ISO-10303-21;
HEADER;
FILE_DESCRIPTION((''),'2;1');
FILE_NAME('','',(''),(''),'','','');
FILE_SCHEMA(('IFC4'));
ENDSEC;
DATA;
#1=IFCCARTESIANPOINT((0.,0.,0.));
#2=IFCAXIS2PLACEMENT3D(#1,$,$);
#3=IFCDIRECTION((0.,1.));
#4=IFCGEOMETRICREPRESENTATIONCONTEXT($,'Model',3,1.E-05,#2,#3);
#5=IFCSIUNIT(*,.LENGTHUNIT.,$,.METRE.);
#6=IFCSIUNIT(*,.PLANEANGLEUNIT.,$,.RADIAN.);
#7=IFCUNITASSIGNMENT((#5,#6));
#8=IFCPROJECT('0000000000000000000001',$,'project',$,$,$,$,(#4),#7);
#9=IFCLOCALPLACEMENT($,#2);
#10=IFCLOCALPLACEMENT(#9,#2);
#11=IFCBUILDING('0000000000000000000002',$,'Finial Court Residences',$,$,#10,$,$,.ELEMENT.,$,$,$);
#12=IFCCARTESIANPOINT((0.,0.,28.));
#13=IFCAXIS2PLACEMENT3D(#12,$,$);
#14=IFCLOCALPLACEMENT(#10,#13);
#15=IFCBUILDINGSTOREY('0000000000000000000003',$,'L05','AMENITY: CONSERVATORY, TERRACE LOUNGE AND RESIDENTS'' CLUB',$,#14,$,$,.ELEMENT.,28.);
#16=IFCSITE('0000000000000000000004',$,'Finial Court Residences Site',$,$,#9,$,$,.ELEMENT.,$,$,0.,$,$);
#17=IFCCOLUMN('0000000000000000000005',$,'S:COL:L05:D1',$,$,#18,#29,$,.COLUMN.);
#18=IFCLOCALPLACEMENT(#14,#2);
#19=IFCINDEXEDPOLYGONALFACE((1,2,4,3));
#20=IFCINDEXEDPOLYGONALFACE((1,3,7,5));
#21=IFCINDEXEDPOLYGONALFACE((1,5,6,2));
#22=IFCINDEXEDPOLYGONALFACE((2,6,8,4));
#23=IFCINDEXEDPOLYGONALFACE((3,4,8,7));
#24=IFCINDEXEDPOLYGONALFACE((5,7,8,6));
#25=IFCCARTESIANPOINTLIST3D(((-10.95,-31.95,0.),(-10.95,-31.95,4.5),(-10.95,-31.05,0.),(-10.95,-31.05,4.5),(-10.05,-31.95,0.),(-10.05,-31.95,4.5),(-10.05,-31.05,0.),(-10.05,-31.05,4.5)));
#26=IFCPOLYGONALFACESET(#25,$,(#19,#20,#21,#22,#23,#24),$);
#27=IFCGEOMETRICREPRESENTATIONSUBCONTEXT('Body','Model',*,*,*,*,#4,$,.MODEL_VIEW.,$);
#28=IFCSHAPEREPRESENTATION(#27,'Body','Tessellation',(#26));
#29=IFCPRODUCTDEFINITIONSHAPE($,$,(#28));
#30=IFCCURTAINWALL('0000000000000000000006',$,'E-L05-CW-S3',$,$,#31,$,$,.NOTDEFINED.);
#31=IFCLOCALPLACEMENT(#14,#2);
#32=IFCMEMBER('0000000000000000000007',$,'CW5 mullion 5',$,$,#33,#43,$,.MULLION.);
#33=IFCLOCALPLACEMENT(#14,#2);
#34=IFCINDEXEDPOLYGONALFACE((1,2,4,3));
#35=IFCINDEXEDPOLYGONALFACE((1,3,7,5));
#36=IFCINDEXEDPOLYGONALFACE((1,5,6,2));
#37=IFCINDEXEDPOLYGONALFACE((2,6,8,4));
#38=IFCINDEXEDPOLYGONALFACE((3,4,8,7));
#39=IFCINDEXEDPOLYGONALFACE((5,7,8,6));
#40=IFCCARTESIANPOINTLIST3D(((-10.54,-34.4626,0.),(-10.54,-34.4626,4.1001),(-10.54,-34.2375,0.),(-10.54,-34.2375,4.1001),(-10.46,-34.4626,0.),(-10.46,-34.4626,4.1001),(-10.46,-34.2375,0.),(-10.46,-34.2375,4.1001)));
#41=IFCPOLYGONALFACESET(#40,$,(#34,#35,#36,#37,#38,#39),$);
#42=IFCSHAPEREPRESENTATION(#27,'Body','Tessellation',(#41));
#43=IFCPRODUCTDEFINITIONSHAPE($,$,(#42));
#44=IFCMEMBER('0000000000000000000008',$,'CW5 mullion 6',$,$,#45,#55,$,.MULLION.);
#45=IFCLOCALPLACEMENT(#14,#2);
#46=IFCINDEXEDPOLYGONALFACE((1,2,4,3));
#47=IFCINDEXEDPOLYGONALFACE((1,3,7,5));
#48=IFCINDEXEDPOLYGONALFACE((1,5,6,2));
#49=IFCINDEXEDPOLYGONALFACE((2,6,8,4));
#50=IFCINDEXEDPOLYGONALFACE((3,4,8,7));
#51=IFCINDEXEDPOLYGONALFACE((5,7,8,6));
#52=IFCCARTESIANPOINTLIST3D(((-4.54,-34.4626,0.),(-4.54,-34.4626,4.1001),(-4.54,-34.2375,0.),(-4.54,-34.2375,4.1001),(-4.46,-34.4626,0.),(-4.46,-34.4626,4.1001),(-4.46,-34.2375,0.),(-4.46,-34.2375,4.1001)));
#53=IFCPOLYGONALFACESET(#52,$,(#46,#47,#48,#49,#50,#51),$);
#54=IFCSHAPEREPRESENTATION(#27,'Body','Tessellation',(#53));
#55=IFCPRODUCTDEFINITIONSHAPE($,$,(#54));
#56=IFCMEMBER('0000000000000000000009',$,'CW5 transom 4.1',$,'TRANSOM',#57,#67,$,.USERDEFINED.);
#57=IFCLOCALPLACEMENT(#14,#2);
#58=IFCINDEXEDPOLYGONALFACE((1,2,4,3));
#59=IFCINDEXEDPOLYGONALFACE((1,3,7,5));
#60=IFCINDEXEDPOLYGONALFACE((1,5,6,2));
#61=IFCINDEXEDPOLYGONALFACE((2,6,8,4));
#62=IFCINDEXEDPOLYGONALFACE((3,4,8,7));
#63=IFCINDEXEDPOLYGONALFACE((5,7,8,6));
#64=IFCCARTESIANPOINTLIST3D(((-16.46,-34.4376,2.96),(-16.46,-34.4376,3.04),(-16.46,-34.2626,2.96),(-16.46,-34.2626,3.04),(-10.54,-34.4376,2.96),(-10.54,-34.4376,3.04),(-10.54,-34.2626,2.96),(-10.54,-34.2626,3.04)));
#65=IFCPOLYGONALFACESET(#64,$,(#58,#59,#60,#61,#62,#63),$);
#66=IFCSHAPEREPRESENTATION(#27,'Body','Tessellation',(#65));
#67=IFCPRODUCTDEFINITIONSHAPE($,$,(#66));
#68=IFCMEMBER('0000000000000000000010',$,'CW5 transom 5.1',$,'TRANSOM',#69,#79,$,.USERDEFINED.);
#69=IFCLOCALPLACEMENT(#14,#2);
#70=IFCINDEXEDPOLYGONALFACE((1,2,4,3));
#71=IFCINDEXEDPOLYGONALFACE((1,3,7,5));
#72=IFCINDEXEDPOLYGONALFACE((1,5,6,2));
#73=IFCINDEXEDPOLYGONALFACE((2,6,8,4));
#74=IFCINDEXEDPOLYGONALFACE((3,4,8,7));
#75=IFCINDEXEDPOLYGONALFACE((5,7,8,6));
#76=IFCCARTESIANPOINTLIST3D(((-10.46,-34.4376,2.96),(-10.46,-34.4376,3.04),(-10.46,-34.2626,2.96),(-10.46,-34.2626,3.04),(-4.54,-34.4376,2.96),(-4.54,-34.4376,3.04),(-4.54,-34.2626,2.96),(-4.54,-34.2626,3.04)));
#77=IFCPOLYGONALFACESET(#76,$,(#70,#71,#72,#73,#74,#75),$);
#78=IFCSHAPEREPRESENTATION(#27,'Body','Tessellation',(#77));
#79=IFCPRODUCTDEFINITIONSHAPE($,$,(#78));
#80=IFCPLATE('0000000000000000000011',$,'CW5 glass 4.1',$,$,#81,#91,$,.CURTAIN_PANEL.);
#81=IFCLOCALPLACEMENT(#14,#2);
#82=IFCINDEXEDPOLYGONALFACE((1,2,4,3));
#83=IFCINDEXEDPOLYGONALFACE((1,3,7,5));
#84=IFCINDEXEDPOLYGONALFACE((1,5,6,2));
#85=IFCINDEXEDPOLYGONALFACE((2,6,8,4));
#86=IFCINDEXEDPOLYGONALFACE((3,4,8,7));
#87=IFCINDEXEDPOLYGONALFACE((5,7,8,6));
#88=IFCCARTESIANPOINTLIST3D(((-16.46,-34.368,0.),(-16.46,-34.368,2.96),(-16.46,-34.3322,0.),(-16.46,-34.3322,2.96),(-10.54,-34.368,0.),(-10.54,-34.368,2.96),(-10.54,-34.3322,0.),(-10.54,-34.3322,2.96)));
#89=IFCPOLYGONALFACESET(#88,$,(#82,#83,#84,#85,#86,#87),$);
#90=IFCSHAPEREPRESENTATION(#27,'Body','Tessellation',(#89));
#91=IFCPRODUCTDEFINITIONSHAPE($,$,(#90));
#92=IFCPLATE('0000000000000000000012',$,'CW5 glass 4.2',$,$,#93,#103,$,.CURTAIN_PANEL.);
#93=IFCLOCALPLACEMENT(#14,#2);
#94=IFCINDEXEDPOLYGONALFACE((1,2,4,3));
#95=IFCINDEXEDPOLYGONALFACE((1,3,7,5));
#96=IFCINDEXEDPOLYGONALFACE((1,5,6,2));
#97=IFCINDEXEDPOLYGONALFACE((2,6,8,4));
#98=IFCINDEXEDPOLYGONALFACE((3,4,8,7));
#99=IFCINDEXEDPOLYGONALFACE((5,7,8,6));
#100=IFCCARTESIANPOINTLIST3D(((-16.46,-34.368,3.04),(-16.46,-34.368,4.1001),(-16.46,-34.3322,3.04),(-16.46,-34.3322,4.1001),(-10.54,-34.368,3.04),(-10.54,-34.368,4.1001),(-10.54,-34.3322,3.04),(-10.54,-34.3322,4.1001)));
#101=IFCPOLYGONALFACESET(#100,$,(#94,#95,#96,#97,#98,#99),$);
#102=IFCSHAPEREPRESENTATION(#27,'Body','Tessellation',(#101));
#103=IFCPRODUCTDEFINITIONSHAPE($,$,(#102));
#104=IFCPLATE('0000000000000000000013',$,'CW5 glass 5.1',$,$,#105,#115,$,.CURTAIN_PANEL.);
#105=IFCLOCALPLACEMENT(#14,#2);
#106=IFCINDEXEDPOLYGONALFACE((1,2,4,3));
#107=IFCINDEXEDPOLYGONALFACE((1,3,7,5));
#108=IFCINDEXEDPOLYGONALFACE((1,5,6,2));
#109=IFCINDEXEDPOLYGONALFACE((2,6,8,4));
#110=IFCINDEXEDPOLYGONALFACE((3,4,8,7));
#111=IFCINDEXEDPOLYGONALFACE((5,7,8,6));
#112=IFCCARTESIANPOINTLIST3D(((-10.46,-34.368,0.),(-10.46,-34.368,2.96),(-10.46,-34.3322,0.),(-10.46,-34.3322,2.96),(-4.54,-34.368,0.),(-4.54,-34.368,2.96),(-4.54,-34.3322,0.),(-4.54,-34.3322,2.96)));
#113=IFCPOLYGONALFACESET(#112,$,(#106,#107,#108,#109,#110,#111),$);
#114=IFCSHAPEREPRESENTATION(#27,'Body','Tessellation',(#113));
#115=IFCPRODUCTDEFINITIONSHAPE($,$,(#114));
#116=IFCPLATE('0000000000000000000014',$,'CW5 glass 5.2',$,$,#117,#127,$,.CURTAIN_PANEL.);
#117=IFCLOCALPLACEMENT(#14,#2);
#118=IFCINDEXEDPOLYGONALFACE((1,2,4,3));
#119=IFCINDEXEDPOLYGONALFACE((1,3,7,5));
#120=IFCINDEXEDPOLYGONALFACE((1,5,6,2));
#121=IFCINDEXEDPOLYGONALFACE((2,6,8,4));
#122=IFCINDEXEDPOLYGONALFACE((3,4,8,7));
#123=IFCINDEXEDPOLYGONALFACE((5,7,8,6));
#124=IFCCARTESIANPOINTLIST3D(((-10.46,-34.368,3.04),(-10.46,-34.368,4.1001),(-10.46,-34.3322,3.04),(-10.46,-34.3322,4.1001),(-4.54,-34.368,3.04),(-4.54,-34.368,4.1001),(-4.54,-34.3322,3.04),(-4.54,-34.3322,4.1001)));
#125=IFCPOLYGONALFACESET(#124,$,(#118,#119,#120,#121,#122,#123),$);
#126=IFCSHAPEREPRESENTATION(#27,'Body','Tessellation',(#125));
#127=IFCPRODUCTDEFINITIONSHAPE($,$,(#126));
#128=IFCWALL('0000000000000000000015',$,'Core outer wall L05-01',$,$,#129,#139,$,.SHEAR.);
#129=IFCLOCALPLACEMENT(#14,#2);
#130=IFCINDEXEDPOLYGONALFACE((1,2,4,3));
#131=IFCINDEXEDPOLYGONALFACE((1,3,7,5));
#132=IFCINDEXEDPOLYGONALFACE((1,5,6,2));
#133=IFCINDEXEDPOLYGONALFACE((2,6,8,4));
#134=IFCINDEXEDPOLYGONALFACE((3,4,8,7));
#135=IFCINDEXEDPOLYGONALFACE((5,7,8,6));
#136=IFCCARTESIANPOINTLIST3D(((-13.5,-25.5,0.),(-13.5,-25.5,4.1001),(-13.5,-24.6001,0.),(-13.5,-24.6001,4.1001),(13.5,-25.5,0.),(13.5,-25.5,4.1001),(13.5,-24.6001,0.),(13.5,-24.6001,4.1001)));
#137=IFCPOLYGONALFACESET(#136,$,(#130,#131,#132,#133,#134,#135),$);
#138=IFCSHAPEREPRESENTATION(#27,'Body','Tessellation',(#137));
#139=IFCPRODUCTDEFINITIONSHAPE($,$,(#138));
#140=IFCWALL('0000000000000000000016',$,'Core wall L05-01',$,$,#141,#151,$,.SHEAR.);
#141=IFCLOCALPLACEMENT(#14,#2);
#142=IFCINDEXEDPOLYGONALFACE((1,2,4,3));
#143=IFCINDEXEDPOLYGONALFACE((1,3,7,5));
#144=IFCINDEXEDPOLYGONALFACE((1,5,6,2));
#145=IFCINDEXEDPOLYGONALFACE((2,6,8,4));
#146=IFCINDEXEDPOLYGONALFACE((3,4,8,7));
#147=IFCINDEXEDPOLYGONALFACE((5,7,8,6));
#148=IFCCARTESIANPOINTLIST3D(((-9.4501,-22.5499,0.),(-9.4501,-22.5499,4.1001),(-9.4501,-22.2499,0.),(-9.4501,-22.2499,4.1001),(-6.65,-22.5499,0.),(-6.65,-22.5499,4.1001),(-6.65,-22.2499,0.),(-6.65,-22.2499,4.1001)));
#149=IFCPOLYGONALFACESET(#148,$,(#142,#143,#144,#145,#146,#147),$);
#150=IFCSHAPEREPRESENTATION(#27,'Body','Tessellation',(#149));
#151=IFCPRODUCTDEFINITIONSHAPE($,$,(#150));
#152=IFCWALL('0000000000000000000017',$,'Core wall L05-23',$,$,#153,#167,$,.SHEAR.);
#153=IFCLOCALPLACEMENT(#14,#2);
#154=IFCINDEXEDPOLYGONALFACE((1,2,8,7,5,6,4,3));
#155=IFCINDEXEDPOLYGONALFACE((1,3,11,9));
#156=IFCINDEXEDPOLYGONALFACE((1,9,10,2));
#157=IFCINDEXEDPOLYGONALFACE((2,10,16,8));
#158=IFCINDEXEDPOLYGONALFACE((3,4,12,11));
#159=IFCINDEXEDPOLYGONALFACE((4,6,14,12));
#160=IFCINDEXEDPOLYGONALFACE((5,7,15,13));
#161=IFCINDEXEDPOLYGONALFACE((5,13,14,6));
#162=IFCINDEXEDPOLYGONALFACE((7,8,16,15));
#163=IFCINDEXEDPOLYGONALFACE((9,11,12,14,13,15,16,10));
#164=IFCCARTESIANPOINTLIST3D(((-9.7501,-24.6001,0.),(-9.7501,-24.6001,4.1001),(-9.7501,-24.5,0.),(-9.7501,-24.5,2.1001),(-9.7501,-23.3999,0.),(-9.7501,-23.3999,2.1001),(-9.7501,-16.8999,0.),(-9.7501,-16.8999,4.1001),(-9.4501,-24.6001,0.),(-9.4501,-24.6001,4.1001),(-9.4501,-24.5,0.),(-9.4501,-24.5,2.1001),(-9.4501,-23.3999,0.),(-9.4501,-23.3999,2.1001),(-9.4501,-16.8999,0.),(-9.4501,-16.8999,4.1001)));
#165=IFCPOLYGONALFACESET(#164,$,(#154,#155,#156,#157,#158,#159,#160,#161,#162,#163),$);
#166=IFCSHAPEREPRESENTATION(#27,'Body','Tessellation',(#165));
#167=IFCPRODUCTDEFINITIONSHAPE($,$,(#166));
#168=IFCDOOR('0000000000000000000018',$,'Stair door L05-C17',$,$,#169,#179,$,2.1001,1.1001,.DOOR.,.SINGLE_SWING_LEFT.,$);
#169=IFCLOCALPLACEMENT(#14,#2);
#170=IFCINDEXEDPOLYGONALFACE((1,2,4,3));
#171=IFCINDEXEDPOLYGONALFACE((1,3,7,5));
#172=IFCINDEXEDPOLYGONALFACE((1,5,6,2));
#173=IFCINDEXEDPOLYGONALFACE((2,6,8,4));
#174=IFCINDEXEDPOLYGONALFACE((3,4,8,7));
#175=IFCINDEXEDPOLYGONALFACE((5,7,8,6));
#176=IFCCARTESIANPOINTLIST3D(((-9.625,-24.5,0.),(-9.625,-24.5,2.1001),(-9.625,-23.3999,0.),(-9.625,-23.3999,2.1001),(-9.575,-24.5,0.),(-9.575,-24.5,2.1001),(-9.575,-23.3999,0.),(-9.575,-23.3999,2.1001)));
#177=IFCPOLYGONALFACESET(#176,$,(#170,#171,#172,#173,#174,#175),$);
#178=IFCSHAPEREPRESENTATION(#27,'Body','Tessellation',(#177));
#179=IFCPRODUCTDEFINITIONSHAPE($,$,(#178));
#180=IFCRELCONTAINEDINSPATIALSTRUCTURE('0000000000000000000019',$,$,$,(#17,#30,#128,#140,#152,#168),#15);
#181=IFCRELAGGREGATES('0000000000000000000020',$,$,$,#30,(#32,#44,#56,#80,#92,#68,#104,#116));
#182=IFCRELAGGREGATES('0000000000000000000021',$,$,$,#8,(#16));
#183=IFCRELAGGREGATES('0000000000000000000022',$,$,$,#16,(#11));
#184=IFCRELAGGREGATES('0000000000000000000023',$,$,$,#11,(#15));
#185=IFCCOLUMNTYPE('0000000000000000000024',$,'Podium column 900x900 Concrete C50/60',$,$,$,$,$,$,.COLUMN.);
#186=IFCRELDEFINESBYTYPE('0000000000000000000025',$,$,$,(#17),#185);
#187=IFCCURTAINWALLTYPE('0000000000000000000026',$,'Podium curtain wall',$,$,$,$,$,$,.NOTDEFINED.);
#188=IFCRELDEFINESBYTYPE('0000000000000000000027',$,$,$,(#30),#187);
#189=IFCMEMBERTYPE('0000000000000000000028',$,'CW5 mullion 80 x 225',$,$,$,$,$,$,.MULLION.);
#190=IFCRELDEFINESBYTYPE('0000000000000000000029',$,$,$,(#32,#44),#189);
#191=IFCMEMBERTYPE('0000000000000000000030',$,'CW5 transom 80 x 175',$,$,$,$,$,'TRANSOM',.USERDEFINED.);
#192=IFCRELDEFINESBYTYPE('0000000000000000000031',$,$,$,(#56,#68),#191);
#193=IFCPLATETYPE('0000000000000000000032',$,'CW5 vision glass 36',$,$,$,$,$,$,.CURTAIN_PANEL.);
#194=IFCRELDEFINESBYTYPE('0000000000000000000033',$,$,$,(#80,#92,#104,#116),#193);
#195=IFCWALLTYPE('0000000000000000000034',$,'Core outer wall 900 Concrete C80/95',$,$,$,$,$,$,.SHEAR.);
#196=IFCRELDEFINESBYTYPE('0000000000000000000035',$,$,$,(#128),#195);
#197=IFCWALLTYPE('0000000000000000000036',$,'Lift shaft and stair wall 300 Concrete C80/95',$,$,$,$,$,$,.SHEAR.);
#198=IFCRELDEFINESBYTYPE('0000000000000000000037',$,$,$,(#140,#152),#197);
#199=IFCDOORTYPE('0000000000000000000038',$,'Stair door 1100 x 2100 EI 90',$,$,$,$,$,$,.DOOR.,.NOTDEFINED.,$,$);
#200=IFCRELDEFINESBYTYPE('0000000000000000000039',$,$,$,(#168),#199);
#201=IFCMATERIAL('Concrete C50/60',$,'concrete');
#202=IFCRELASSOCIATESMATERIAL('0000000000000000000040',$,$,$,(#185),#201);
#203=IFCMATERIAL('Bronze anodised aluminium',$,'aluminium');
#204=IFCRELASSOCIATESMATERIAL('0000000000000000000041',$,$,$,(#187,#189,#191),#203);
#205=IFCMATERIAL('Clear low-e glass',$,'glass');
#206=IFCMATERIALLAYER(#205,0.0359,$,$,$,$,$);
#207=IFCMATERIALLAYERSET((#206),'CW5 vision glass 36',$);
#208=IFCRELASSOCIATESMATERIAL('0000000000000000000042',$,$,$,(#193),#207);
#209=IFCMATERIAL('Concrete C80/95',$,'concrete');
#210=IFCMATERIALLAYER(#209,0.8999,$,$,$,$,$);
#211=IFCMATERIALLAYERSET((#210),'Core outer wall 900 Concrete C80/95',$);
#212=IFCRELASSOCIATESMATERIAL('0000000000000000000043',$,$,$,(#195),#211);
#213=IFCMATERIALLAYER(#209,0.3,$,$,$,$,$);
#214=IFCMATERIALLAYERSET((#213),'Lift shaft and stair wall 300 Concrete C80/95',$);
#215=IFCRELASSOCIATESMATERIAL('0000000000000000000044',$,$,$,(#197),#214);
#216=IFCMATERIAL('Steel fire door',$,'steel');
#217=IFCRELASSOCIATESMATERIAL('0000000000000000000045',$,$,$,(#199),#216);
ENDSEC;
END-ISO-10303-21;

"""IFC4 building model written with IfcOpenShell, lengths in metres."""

from ifc_helpers import new_model, si_unit, direction, frame, frame_2d, origin, origin_2d, place, context, subcontext, project, spatial, rectangle, extrude, material, layer, layer_set, material_profile, profile_set, type_object, element, fill, aggregate, save


model = new_model("IFC4")

# Units and contexts
model_context = context("Model", 3, precision=1e-05, world=origin(), true_north=direction((0.0, 1.0)))
body_context = subcontext(model_context, "Body", "Model", "MODEL_VIEW")
ifc_project = project(units=[si_unit("LENGTHUNIT", "METRE"), si_unit("PLANEANGLEUNIT", "RADIAN")], contexts=[model_context])

# Site, building, storey
site_placement = place(None, origin())
site = spatial("IfcSite", under=ifc_project, at=site_placement, Name="Finial Court Residences Site", CompositionType="ELEMENT", RefElevation=0.0)
building_placement = place(site_placement, origin())
building = spatial("IfcBuilding", under=site, at=building_placement, Name="Finial Court Residences", CompositionType="ELEMENT")
storey_placement = place(building_placement, frame((0.0, 0.0, 28.0)))
storey = spatial("IfcBuildingStorey", under=building, at=storey_placement, Name="L05", Description="AMENITY: CONSERVATORY, TERRACE LOUNGE AND RESIDENTS' CLUB", CompositionType="ELEMENT", Elevation=28.0)

# Column
ifc_material_1 = material(Name="Concrete C50/60", Category="concrete")
ifc_material_profile_1 = material_profile(ifc_material_1, rectangle(XDim=0.8999, YDim=0.8999, at=origin_2d()), Name="900x900")
ifc_profile_set_1 = profile_set([ifc_material_profile_1], Name="Concrete C50/60")
column_type = type_object("IfcColumnType", Name="Podium column 900x900 Concrete C50/60", PredefinedType="COLUMN", material=ifc_profile_set_1)
column_placement = place(storey_placement, frame((-10.5, -31.5, 0.0), z_axis=(0.0, 0.0, 1.0), x_axis=(1.0, 0.0, 0.0)))
element("IfcColumn", 1, at=column_placement, inside=storey, type_object=column_type, Name="S:COL:L05:D1", PredefinedType="COLUMN", context=body_context, shape_type="SweptSolid", body=[
    extrude(rectangle(XDim=0.8999, YDim=0.8999, at=origin_2d()), origin(), (0.0, 0.0, 1.0), 4.5),
])

# Curtain wall, members, plates
ifc_material_2 = material(Name="Bronze anodised aluminium", Category="aluminium")
curtain_wall_type = type_object("IfcCurtainWallType", Name="Podium curtain wall", PredefinedType="NOTDEFINED", material=ifc_material_2)
curtain_wall_placement = place(storey_placement, origin())
curtain_wall = element("IfcCurtainWall", 2, at=curtain_wall_placement, inside=storey, type_object=curtain_wall_type, Name="E-L05-CW-S3", PredefinedType="NOTDEFINED")
ifc_material_profile_2 = material_profile(ifc_material_2, rectangle(XDim=0.2251, YDim=0.0801, at=origin_2d()), Name="CW5 mullion 80 x 225")
ifc_profile_set_2 = profile_set([ifc_material_profile_2], Name="Bronze anodised aluminium")
member_type_1 = type_object("IfcMemberType", Name="CW5 mullion 80 x 225", PredefinedType="MULLION", material=ifc_profile_set_2)
member_1_placement = place(storey_placement, frame((-10.5, -34.3501, 0.0), z_axis=(0.0, 0.0, 1.0), x_axis=(0.0, 1.0, 0.0)))
member_1 = element("IfcMember", 3, at=member_1_placement, type_object=member_type_1, Name="CW5 mullion 5", PredefinedType="MULLION", context=body_context, shape_type="SweptSolid", body=[
    extrude(rectangle(XDim=0.2251, YDim=0.0801, at=origin_2d()), origin(), (0.0, 0.0, 1.0), 4.1001),
])
member_2_placement = place(storey_placement, frame((-4.5, -34.3501, 0.0), z_axis=(0.0, 0.0, 1.0), x_axis=(0.0, 1.0, 0.0)))
member_2 = element("IfcMember", 4, at=member_2_placement, type_object=member_type_1, Name="CW5 mullion 6", PredefinedType="MULLION", context=body_context, shape_type="SweptSolid", body=[
    extrude(rectangle(XDim=0.2251, YDim=0.0801, at=origin_2d()), origin(), (0.0, 0.0, 1.0), 4.1001),
])
ifc_material_profile_3 = material_profile(ifc_material_2, rectangle(XDim=0.175, YDim=0.0801, at=origin_2d()), Name="CW5 transom 80 x 175")
ifc_profile_set_3 = profile_set([ifc_material_profile_3], Name="Bronze anodised aluminium")
member_type_2 = type_object("IfcMemberType", Name="CW5 transom 80 x 175", ElementType="TRANSOM", PredefinedType="USERDEFINED", material=ifc_profile_set_3)
member_3_placement = place(storey_placement, frame((-16.46, -34.3501, 3.0), z_axis=(1.0, 0.0, 0.0), x_axis=(0.0, 1.0, 0.0)))
member_3 = element("IfcMember", 5, at=member_3_placement, type_object=member_type_2, Name="CW5 transom 4.1", ObjectType="TRANSOM", PredefinedType="USERDEFINED", context=body_context, shape_type="SweptSolid", body=[
    extrude(rectangle(XDim=0.175, YDim=0.0801, at=origin_2d()), origin(), (0.0, 0.0, 1.0), 5.9199),
])
member_4_placement = place(storey_placement, frame((-10.46, -34.3501, 3.0), z_axis=(1.0, 0.0, 0.0), x_axis=(0.0, 1.0, 0.0)))
member_4 = element("IfcMember", 6, at=member_4_placement, type_object=member_type_2, Name="CW5 transom 5.1", ObjectType="TRANSOM", PredefinedType="USERDEFINED", context=body_context, shape_type="SweptSolid", body=[
    extrude(rectangle(XDim=0.175, YDim=0.0801, at=origin_2d()), origin(), (0.0, 0.0, 1.0), 5.9199),
])
ifc_material_3 = material(Name="Clear low-e glass", Category="glass")
ifc_layer_1 = layer(ifc_material_3, 0.0359)
ifc_layer_set_1 = layer_set([ifc_layer_1], Name="CW5 vision glass 36")
plate_type = type_object("IfcPlateType", Name="CW5 vision glass 36", PredefinedType="CURTAIN_PANEL", material=ifc_layer_set_1)
plate_1_placement = place(storey_placement, frame((-13.5, -34.3501, 0.0), z_axis=(0.0, 0.0, 1.0), x_axis=(1.0, 0.0, 0.0)))
plate_1 = element("IfcPlate", 7, at=plate_1_placement, type_object=plate_type, Name="CW5 glass 4.1", PredefinedType="CURTAIN_PANEL", context=body_context, shape_type="SweptSolid", body=[
    extrude(rectangle(XDim=5.9199, YDim=0.0359, at=origin_2d()), origin(), (0.0, 0.0, 1.0), 2.96),
])
plate_2_placement = place(storey_placement, frame((-13.5, -34.3501, 3.04), z_axis=(0.0, 0.0, 1.0), x_axis=(1.0, 0.0, 0.0)))
plate_2 = element("IfcPlate", 8, at=plate_2_placement, type_object=plate_type, Name="CW5 glass 4.2", PredefinedType="CURTAIN_PANEL", context=body_context, shape_type="SweptSolid", body=[
    extrude(rectangle(XDim=5.9199, YDim=0.0359, at=origin_2d()), origin(), (0.0, 0.0, 1.0), 1.0601),
])
plate_3_placement = place(storey_placement, frame((-7.5, -34.3501, 0.0), z_axis=(0.0, 0.0, 1.0), x_axis=(1.0, 0.0, 0.0)))
plate_3 = element("IfcPlate", 9, at=plate_3_placement, type_object=plate_type, Name="CW5 glass 5.1", PredefinedType="CURTAIN_PANEL", context=body_context, shape_type="SweptSolid", body=[
    extrude(rectangle(XDim=5.9199, YDim=0.0359, at=origin_2d()), origin(), (0.0, 0.0, 1.0), 2.96),
])
plate_4_placement = place(storey_placement, frame((-7.5, -34.3501, 3.04), z_axis=(0.0, 0.0, 1.0), x_axis=(1.0, 0.0, 0.0)))
plate_4 = element("IfcPlate", 10, at=plate_4_placement, type_object=plate_type, Name="CW5 glass 5.2", PredefinedType="CURTAIN_PANEL", context=body_context, shape_type="SweptSolid", body=[
    extrude(rectangle(XDim=5.9199, YDim=0.0359, at=origin_2d()), origin(), (0.0, 0.0, 1.0), 1.0601),
])
aggregate(curtain_wall, [member_1, member_2, member_3, plate_1, plate_2, member_4, plate_3, plate_4])

# Walls
ifc_material_4 = material(Name="Concrete C80/95", Category="concrete")
ifc_layer_2 = layer(ifc_material_4, 0.8999)
ifc_layer_set_2 = layer_set([ifc_layer_2], Name="Core outer wall 900 Concrete C80/95")
wall_type_1 = type_object("IfcWallType", Name="Core outer wall 900 Concrete C80/95", PredefinedType="SHEAR", material=ifc_layer_set_2)
wall_1_placement = place(storey_placement, frame((-13.5, -25.05, 0.0), z_axis=(0.0, 0.0, 1.0), x_axis=(1.0, 0.0, 0.0)))
element("IfcWall", 11, at=wall_1_placement, inside=storey, type_object=wall_type_1, Name="Core outer wall L05-01", PredefinedType="SHEAR", context=body_context, shape_type="SweptSolid", body=[
    extrude(rectangle(XDim=27.0, YDim=0.8999, at=frame_2d((13.5, 0.0))), origin(), (0.0, 0.0, 1.0), 4.1001),
])
ifc_layer_3 = layer(ifc_material_4, 0.3)
ifc_layer_set_3 = layer_set([ifc_layer_3], Name="Lift shaft and stair wall 300 Concrete C80/95")
wall_type_2 = type_object("IfcWallType", Name="Lift shaft and stair wall 300 Concrete C80/95", PredefinedType="SHEAR", material=ifc_layer_set_3)
wall_2_placement = place(storey_placement, frame((-9.45, -22.3999, 0.0), z_axis=(0.0, 0.0, 1.0), x_axis=(1.0, 0.0, 0.0)))
element("IfcWall", 12, at=wall_2_placement, inside=storey, type_object=wall_type_2, Name="Core wall L05-01", PredefinedType="SHEAR", context=body_context, shape_type="SweptSolid", body=[
    extrude(rectangle(XDim=2.8, YDim=0.3, at=frame_2d((1.3999, 0.0))), origin(), (0.0, 0.0, 1.0), 4.1001),
])

# Wall, opening, door
wall_3_placement = place(storey_placement, frame((-9.6001, -24.6001, 0.0), z_axis=(0.0, 0.0, 1.0), x_axis=(0.0, 1.0, 0.0)))
wall_3 = element("IfcWall", 13, at=wall_3_placement, inside=storey, type_object=wall_type_2, Name="Core wall L05-23", PredefinedType="SHEAR", context=body_context, shape_type="SweptSolid", body=[
    extrude(rectangle(XDim=7.7002, YDim=0.3, at=frame_2d((3.8501, 0.0))), origin(), (0.0, 0.0, 1.0), 4.1001),
])
opening_1_placement = place(wall_3_placement, frame((0.1001, 0.0, 0.0)))
opening_1 = element("IfcOpeningElement", 14, at=opening_1_placement, cuts=wall_3, PredefinedType="OPENING", context=body_context, shape_type="SweptSolid", body=[
    extrude(rectangle(XDim=1.1001, YDim=2.1001, at=frame_2d((0.55, 1.05))), frame((0.0, 0.1599, 0.0), z_axis=(0.0, -1.0, 0.0), x_axis=(1.0, 0.0, 0.0)), (0.0, 0.0, 1.0), 0.3201),
])
ifc_material_5 = material(Name="Steel fire door", Category="steel")
door_type_1 = type_object("IfcDoorType", Name="Stair door 1100 x 2100 EI 90", OperationType="NOTDEFINED", PredefinedType="DOOR", material=ifc_material_5)
door_1_placement = place(opening_1_placement, origin())
door_1 = element("IfcDoor", 15, at=door_1_placement, inside=storey, type_object=door_type_1, Name="Stair door L05-C17", OperationType="SINGLE_SWING_LEFT", OverallHeight=2.1001, OverallWidth=1.1001, PredefinedType="DOOR", context=body_context, shape_type="SweptSolid", body=[
    extrude(rectangle(XDim=1.1001, YDim=2.1001, at=frame_2d((0.55, 1.05))), frame((0.0, 0.0249, 0.0), z_axis=(0.0, -1.0, 0.0), x_axis=(1.0, 0.0, 0.0)), (0.0, 0.0, 1.0), 0.05),
])
fill(opening_1, door_1)

save(model, "model.ifc")
